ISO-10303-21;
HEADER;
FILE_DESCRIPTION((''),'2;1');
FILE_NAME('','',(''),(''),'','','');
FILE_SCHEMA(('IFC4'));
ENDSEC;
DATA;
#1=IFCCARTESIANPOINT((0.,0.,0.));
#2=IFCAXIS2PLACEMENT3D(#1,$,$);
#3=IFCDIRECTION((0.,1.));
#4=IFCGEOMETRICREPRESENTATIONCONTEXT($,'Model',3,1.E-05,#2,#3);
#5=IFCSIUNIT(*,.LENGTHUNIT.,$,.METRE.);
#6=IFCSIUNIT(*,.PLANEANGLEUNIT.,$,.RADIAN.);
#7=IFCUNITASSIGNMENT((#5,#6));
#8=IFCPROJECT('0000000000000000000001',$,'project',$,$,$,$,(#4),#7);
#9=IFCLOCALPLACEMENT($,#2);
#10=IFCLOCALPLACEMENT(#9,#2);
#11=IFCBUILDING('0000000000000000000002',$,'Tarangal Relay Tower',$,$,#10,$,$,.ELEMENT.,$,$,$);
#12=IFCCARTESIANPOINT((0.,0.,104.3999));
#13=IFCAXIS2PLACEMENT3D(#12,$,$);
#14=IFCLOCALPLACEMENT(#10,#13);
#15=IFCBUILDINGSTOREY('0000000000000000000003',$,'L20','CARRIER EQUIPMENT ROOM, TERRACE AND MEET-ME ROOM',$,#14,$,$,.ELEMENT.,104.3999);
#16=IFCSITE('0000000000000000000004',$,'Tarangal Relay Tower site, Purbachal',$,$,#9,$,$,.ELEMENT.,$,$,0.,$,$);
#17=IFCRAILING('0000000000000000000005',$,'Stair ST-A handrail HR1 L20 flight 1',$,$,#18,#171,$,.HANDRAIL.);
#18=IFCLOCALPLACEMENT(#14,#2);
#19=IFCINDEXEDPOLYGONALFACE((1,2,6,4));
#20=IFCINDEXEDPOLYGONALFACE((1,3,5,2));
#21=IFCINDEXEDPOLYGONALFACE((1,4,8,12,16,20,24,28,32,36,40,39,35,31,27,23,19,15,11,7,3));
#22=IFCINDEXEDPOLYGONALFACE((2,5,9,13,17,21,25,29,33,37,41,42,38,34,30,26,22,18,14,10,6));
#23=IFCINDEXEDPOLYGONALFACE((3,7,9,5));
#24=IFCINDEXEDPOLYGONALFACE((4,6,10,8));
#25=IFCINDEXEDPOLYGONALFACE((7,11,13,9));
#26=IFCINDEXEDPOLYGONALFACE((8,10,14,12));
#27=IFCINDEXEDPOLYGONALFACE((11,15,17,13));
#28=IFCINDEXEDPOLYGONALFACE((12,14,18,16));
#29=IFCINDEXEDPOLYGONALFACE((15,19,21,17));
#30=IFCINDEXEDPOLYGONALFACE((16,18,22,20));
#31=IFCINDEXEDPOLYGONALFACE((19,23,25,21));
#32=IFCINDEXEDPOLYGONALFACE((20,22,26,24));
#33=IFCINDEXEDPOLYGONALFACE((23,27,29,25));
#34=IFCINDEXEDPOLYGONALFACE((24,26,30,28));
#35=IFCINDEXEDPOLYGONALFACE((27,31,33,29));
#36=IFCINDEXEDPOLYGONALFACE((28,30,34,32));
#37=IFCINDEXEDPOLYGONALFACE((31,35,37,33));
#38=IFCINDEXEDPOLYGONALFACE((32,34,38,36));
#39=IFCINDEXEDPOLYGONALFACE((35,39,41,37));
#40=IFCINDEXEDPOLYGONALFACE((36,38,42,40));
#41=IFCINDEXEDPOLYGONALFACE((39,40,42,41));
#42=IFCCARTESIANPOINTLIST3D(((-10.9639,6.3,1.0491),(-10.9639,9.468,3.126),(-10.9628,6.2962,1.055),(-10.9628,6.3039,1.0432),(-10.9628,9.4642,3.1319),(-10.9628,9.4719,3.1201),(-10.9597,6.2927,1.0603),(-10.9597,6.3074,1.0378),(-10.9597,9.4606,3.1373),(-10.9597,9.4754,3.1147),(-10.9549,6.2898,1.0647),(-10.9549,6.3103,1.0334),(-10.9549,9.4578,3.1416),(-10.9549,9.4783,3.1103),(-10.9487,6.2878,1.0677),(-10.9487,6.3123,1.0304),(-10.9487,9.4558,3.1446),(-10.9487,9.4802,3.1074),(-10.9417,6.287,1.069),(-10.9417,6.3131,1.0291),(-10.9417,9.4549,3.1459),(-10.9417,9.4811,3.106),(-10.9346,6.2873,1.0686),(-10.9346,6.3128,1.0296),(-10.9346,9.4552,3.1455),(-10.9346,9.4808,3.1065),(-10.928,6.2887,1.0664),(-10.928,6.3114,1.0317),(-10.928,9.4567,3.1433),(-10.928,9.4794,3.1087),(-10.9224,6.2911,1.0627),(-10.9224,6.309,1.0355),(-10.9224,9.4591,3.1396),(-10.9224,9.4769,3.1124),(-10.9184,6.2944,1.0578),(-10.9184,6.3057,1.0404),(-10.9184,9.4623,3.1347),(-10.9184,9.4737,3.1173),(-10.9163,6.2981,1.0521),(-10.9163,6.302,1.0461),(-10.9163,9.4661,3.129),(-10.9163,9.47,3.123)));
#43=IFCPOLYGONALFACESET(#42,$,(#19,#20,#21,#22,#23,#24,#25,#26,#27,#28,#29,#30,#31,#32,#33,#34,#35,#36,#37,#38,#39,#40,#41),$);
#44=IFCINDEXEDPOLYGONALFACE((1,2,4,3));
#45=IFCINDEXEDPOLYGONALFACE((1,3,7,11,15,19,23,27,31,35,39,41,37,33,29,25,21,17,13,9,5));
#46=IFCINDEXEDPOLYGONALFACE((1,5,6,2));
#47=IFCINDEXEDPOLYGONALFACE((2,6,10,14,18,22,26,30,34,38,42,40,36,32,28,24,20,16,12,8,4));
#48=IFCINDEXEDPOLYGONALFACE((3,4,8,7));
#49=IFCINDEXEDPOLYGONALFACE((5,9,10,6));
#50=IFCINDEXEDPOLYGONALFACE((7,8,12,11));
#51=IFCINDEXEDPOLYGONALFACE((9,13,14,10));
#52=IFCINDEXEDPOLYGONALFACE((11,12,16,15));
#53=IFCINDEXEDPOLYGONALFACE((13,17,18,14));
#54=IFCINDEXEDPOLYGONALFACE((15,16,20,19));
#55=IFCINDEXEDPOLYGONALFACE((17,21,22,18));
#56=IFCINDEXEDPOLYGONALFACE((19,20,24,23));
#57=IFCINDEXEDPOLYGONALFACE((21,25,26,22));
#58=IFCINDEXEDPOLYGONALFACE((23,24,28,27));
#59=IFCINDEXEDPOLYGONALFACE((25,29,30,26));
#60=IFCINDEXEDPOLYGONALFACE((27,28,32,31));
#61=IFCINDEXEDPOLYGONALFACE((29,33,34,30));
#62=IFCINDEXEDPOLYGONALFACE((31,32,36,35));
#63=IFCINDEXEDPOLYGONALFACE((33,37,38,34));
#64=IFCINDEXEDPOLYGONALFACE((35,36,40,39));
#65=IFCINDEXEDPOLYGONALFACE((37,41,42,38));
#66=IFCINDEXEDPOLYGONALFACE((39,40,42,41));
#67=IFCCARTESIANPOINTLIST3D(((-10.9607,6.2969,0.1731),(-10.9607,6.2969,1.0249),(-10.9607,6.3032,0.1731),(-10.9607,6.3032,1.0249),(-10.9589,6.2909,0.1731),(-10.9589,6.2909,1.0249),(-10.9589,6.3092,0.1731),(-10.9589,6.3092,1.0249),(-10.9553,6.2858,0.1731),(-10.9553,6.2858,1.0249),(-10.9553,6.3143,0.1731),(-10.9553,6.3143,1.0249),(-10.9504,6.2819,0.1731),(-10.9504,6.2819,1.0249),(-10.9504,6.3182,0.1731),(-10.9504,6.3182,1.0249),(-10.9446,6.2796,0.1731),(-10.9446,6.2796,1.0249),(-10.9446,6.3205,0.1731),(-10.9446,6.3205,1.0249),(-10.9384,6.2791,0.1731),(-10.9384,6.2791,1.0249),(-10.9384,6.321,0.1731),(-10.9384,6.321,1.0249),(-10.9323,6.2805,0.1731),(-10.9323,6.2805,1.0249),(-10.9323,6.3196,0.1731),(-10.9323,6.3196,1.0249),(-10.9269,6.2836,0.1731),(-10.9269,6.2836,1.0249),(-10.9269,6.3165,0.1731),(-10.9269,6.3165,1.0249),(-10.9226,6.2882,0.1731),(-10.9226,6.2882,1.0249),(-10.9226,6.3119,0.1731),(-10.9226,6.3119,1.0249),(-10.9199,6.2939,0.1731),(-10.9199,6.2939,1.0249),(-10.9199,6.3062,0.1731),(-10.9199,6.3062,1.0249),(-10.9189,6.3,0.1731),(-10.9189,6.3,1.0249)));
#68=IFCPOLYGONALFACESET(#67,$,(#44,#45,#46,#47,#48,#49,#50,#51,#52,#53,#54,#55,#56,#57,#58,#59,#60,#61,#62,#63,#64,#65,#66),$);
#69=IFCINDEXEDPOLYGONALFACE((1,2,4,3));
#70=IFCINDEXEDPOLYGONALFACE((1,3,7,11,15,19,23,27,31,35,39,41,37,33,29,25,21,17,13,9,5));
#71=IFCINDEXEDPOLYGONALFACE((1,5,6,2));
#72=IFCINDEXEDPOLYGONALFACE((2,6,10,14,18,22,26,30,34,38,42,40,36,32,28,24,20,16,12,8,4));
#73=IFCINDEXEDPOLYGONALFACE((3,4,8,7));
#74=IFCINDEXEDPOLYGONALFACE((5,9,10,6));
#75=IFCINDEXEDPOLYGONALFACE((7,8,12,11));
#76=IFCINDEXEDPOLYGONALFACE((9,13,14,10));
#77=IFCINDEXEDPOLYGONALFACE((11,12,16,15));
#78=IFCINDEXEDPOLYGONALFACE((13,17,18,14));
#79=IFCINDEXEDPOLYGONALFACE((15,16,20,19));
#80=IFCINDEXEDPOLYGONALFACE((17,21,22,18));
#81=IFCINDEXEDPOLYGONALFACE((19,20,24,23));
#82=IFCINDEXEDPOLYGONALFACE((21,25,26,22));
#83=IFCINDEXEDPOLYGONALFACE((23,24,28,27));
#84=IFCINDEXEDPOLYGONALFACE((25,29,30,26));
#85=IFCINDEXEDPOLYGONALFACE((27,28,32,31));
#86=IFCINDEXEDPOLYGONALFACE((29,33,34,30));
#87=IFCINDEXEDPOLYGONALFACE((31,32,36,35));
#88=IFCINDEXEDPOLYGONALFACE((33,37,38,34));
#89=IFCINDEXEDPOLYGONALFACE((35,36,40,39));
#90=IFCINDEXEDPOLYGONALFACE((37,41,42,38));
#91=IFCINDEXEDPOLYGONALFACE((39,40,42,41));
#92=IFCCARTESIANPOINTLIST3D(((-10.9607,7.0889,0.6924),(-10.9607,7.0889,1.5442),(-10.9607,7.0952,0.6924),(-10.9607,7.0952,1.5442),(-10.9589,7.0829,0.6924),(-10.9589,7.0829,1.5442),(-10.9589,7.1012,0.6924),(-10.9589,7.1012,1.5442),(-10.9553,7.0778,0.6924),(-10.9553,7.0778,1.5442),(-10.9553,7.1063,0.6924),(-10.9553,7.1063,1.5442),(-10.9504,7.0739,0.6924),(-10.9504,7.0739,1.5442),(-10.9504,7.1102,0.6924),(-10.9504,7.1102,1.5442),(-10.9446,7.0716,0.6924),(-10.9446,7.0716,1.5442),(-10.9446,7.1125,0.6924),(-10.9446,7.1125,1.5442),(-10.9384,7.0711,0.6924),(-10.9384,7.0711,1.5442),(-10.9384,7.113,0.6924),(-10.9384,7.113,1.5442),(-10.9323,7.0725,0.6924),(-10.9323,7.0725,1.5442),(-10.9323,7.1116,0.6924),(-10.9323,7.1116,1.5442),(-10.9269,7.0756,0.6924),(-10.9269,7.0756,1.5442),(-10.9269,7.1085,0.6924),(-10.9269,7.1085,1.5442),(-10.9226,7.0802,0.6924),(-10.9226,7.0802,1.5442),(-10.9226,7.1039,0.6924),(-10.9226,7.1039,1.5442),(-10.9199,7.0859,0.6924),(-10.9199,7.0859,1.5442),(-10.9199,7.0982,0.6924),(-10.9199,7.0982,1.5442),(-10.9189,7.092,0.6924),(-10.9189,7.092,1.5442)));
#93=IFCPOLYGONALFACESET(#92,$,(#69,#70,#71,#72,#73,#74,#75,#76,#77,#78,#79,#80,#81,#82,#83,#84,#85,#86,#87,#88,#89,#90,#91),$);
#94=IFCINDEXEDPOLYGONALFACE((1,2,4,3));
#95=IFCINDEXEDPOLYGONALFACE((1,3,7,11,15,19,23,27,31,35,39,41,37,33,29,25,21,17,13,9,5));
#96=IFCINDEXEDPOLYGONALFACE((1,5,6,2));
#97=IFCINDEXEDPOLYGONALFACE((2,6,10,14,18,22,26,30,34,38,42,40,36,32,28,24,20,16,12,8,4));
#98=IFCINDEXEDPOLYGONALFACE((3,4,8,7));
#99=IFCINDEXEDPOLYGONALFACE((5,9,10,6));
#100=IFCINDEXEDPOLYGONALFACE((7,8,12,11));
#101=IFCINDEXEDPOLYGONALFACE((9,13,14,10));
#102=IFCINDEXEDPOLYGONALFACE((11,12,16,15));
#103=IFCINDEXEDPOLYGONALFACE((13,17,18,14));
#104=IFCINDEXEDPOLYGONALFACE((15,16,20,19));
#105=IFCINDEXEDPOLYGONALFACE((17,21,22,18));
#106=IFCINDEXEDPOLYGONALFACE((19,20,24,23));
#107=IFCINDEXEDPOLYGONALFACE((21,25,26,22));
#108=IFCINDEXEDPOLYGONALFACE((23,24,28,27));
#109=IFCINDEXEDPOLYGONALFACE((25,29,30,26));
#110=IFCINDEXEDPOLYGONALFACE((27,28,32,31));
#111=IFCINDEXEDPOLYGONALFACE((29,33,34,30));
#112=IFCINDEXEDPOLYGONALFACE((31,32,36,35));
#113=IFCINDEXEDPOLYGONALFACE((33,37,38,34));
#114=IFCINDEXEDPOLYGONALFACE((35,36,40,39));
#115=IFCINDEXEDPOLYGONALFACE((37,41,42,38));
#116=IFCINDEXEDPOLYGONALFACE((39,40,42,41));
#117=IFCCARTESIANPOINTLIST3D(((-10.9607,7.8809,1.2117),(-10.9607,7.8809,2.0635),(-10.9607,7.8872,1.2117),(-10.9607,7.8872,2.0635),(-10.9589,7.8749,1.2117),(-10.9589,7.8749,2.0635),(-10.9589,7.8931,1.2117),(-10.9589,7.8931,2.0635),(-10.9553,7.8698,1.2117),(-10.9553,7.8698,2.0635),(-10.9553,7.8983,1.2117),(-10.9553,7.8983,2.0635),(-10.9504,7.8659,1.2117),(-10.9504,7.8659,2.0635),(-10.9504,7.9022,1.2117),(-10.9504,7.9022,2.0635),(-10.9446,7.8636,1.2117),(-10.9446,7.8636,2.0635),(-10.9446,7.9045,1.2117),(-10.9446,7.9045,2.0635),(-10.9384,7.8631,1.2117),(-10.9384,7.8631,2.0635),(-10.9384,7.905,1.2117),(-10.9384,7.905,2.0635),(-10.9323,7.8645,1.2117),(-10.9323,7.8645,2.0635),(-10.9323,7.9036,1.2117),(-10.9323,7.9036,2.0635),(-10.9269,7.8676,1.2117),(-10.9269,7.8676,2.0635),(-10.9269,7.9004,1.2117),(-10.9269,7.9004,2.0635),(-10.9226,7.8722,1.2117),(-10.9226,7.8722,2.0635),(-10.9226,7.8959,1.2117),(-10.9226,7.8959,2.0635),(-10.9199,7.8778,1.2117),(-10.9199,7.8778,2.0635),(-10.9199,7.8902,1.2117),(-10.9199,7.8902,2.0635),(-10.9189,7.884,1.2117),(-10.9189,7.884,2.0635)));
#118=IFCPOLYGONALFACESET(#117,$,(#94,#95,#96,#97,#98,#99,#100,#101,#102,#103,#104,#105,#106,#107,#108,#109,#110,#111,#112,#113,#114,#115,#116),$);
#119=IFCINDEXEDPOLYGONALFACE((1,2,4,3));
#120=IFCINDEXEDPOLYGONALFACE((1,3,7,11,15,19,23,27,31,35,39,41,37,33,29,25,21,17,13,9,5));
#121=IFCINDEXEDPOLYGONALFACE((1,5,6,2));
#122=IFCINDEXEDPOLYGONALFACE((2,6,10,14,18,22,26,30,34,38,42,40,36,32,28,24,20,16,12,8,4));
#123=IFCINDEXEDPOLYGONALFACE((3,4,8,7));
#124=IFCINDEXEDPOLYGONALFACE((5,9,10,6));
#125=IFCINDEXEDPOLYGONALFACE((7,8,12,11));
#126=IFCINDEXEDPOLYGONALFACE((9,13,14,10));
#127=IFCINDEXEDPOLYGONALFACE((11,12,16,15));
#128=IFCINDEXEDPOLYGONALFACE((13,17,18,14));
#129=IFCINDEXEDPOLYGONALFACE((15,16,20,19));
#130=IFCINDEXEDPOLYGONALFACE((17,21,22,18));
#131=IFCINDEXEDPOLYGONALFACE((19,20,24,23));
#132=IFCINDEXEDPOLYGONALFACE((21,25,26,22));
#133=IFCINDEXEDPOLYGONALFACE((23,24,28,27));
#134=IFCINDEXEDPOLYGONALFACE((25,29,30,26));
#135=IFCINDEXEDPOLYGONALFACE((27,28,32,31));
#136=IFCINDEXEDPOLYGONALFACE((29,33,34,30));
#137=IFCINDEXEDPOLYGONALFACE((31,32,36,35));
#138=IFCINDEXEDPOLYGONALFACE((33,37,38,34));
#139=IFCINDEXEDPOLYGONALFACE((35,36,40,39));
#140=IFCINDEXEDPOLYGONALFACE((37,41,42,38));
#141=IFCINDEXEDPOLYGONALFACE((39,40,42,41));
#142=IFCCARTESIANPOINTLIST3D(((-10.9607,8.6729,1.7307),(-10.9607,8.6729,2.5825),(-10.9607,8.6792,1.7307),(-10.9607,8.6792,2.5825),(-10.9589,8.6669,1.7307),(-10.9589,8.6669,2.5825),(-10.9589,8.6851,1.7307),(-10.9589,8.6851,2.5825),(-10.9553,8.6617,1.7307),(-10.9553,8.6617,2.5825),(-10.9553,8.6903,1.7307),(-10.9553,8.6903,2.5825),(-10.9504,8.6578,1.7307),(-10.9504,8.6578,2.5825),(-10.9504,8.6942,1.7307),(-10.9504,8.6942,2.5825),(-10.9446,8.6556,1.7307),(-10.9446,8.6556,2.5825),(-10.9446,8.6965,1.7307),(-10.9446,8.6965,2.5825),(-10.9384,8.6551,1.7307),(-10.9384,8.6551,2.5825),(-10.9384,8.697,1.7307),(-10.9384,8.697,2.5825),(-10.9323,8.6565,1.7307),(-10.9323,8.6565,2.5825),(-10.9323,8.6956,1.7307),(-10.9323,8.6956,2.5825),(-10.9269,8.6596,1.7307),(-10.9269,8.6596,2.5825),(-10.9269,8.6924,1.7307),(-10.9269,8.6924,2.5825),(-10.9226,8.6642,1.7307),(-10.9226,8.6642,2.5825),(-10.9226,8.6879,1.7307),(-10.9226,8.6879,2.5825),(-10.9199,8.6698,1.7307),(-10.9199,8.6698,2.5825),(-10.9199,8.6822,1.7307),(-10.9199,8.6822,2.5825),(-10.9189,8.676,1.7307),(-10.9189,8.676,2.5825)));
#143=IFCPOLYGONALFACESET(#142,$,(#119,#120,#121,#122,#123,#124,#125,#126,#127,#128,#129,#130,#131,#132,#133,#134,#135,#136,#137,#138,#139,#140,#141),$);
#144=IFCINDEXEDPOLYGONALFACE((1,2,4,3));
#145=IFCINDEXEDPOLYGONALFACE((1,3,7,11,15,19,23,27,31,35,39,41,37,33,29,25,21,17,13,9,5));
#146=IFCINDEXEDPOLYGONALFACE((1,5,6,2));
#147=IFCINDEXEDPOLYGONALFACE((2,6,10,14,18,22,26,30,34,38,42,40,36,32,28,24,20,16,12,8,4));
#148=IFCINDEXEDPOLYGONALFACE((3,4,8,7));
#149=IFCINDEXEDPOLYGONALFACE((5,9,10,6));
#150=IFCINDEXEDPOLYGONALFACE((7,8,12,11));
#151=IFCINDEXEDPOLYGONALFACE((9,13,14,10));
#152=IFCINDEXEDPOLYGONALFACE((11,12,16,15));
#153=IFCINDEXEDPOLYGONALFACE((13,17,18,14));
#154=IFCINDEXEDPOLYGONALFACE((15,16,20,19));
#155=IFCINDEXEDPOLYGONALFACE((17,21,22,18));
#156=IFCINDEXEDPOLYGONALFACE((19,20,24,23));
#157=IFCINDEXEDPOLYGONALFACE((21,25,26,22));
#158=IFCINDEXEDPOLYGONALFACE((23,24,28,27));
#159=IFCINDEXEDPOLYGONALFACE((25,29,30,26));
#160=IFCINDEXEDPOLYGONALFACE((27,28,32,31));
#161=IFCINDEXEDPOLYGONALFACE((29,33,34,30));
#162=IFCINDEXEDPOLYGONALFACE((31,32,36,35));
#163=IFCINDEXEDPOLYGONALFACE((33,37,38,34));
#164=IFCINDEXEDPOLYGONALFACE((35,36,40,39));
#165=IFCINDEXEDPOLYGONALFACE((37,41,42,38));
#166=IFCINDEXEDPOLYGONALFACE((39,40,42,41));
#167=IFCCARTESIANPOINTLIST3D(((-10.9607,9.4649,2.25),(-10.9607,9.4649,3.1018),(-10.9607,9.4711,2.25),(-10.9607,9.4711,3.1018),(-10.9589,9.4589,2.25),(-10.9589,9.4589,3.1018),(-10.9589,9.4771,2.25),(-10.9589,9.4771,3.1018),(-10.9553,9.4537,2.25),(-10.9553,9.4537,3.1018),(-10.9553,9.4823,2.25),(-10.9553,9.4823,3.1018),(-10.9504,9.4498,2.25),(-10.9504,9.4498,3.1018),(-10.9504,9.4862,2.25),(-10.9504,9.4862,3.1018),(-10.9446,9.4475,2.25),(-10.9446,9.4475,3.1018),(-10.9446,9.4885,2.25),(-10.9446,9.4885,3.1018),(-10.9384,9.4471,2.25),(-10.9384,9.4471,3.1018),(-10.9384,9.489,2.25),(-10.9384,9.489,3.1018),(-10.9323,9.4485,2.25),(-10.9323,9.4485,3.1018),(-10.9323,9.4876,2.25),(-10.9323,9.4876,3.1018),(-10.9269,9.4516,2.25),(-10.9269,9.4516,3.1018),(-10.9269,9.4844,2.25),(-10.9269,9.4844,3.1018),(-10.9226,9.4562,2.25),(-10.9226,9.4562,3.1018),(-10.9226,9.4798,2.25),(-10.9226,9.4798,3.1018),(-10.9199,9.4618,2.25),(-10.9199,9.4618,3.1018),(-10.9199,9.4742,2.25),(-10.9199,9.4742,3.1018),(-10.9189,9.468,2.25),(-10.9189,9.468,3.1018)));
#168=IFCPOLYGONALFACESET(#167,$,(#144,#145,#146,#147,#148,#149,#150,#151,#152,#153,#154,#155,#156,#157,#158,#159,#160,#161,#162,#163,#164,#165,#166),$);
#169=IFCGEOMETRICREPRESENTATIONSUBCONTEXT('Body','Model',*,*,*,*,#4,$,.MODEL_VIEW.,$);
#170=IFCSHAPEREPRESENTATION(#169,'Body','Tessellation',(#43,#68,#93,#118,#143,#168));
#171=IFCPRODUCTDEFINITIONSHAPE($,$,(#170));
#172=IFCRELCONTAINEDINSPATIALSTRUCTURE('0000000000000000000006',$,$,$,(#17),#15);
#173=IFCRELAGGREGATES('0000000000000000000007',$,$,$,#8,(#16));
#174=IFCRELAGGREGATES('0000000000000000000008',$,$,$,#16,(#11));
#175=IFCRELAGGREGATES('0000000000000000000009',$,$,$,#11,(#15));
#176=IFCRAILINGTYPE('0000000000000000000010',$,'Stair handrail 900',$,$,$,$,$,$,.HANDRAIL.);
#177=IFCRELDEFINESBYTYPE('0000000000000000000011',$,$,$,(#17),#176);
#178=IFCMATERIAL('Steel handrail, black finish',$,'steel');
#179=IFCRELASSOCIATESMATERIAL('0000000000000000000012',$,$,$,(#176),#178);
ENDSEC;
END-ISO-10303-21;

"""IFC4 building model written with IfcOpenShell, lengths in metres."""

from ifc_helpers import new_model, si_unit, direction, frame, origin, origin_2d, place, context, subcontext, project, spatial, circle, extrude, material, type_object, element, save


model = new_model("IFC4")

# Units and contexts
model_context = context("Model", 3, precision=1e-05, world=origin(), true_north=direction((0.0, 1.0)))
body_context = subcontext(model_context, "Body", "Model", "MODEL_VIEW")
ifc_project = project(units=[si_unit("LENGTHUNIT", "METRE"), si_unit("PLANEANGLEUNIT", "RADIAN")], contexts=[model_context])

# Site, building, storey
site_placement = place(None, origin())
site = spatial("IfcSite", under=ifc_project, at=site_placement, Name="Tarangal Relay Tower site, Purbachal", CompositionType="ELEMENT", RefElevation=0.0)
building_placement = place(site_placement, origin())
building = spatial("IfcBuilding", under=site, at=building_placement, Name="Tarangal Relay Tower", CompositionType="ELEMENT")
storey_placement = place(building_placement, frame((0.0, 0.0, 104.3999)))
storey = spatial("IfcBuildingStorey", under=building, at=storey_placement, Name="L20", Description="CARRIER EQUIPMENT ROOM, TERRACE AND MEET-ME ROOM", CompositionType="ELEMENT", Elevation=104.3999)

# Railing
ifc_material_1 = material(Name="Steel handrail, black finish", Category="steel")
railing_type_1 = type_object("IfcRailingType", Name="Stair handrail 900", PredefinedType="HANDRAIL", material=ifc_material_1)
railing_1_placement = place(storey_placement, frame((-10.9399, 6.3, 0.1731)))
element("IfcRailing", 1, at=railing_1_placement, inside=storey, type_object=railing_type_1, Name="Stair ST-A handrail HR1 L20 flight 1", PredefinedType="HANDRAIL", context=body_context, shape_type="SweptSolid", body=[
    extrude(circle(Radius=0.0239, at=origin_2d()), frame((0.0, 0.0, 0.876), z_axis=(0.0, 0.836299, 0.548273), x_axis=(-1.0, 0.0, 0.0)), (0.0, 0.0, 1.0), 3.7881),
    extrude(circle(Radius=0.021, at=origin_2d()), origin(), (0.0, 0.0, 1.0), 0.8518),
    extrude(circle(Radius=0.021, at=origin_2d()), frame((0.0, 0.792, 0.5193)), (0.0, 0.0, 1.0), 0.8518),
    extrude(circle(Radius=0.021, at=origin_2d()), frame((0.0, 1.584, 1.0386)), (0.0, 0.0, 1.0), 0.8518),
    extrude(circle(Radius=0.021, at=origin_2d()), frame((0.0, 2.376, 1.5576)), (0.0, 0.0, 1.0), 0.8518),
    extrude(circle(Radius=0.021, at=origin_2d()), frame((0.0, 3.168, 2.0769)), (0.0, 0.0, 1.0), 0.8518),
])

save(model, "model.ifc")
